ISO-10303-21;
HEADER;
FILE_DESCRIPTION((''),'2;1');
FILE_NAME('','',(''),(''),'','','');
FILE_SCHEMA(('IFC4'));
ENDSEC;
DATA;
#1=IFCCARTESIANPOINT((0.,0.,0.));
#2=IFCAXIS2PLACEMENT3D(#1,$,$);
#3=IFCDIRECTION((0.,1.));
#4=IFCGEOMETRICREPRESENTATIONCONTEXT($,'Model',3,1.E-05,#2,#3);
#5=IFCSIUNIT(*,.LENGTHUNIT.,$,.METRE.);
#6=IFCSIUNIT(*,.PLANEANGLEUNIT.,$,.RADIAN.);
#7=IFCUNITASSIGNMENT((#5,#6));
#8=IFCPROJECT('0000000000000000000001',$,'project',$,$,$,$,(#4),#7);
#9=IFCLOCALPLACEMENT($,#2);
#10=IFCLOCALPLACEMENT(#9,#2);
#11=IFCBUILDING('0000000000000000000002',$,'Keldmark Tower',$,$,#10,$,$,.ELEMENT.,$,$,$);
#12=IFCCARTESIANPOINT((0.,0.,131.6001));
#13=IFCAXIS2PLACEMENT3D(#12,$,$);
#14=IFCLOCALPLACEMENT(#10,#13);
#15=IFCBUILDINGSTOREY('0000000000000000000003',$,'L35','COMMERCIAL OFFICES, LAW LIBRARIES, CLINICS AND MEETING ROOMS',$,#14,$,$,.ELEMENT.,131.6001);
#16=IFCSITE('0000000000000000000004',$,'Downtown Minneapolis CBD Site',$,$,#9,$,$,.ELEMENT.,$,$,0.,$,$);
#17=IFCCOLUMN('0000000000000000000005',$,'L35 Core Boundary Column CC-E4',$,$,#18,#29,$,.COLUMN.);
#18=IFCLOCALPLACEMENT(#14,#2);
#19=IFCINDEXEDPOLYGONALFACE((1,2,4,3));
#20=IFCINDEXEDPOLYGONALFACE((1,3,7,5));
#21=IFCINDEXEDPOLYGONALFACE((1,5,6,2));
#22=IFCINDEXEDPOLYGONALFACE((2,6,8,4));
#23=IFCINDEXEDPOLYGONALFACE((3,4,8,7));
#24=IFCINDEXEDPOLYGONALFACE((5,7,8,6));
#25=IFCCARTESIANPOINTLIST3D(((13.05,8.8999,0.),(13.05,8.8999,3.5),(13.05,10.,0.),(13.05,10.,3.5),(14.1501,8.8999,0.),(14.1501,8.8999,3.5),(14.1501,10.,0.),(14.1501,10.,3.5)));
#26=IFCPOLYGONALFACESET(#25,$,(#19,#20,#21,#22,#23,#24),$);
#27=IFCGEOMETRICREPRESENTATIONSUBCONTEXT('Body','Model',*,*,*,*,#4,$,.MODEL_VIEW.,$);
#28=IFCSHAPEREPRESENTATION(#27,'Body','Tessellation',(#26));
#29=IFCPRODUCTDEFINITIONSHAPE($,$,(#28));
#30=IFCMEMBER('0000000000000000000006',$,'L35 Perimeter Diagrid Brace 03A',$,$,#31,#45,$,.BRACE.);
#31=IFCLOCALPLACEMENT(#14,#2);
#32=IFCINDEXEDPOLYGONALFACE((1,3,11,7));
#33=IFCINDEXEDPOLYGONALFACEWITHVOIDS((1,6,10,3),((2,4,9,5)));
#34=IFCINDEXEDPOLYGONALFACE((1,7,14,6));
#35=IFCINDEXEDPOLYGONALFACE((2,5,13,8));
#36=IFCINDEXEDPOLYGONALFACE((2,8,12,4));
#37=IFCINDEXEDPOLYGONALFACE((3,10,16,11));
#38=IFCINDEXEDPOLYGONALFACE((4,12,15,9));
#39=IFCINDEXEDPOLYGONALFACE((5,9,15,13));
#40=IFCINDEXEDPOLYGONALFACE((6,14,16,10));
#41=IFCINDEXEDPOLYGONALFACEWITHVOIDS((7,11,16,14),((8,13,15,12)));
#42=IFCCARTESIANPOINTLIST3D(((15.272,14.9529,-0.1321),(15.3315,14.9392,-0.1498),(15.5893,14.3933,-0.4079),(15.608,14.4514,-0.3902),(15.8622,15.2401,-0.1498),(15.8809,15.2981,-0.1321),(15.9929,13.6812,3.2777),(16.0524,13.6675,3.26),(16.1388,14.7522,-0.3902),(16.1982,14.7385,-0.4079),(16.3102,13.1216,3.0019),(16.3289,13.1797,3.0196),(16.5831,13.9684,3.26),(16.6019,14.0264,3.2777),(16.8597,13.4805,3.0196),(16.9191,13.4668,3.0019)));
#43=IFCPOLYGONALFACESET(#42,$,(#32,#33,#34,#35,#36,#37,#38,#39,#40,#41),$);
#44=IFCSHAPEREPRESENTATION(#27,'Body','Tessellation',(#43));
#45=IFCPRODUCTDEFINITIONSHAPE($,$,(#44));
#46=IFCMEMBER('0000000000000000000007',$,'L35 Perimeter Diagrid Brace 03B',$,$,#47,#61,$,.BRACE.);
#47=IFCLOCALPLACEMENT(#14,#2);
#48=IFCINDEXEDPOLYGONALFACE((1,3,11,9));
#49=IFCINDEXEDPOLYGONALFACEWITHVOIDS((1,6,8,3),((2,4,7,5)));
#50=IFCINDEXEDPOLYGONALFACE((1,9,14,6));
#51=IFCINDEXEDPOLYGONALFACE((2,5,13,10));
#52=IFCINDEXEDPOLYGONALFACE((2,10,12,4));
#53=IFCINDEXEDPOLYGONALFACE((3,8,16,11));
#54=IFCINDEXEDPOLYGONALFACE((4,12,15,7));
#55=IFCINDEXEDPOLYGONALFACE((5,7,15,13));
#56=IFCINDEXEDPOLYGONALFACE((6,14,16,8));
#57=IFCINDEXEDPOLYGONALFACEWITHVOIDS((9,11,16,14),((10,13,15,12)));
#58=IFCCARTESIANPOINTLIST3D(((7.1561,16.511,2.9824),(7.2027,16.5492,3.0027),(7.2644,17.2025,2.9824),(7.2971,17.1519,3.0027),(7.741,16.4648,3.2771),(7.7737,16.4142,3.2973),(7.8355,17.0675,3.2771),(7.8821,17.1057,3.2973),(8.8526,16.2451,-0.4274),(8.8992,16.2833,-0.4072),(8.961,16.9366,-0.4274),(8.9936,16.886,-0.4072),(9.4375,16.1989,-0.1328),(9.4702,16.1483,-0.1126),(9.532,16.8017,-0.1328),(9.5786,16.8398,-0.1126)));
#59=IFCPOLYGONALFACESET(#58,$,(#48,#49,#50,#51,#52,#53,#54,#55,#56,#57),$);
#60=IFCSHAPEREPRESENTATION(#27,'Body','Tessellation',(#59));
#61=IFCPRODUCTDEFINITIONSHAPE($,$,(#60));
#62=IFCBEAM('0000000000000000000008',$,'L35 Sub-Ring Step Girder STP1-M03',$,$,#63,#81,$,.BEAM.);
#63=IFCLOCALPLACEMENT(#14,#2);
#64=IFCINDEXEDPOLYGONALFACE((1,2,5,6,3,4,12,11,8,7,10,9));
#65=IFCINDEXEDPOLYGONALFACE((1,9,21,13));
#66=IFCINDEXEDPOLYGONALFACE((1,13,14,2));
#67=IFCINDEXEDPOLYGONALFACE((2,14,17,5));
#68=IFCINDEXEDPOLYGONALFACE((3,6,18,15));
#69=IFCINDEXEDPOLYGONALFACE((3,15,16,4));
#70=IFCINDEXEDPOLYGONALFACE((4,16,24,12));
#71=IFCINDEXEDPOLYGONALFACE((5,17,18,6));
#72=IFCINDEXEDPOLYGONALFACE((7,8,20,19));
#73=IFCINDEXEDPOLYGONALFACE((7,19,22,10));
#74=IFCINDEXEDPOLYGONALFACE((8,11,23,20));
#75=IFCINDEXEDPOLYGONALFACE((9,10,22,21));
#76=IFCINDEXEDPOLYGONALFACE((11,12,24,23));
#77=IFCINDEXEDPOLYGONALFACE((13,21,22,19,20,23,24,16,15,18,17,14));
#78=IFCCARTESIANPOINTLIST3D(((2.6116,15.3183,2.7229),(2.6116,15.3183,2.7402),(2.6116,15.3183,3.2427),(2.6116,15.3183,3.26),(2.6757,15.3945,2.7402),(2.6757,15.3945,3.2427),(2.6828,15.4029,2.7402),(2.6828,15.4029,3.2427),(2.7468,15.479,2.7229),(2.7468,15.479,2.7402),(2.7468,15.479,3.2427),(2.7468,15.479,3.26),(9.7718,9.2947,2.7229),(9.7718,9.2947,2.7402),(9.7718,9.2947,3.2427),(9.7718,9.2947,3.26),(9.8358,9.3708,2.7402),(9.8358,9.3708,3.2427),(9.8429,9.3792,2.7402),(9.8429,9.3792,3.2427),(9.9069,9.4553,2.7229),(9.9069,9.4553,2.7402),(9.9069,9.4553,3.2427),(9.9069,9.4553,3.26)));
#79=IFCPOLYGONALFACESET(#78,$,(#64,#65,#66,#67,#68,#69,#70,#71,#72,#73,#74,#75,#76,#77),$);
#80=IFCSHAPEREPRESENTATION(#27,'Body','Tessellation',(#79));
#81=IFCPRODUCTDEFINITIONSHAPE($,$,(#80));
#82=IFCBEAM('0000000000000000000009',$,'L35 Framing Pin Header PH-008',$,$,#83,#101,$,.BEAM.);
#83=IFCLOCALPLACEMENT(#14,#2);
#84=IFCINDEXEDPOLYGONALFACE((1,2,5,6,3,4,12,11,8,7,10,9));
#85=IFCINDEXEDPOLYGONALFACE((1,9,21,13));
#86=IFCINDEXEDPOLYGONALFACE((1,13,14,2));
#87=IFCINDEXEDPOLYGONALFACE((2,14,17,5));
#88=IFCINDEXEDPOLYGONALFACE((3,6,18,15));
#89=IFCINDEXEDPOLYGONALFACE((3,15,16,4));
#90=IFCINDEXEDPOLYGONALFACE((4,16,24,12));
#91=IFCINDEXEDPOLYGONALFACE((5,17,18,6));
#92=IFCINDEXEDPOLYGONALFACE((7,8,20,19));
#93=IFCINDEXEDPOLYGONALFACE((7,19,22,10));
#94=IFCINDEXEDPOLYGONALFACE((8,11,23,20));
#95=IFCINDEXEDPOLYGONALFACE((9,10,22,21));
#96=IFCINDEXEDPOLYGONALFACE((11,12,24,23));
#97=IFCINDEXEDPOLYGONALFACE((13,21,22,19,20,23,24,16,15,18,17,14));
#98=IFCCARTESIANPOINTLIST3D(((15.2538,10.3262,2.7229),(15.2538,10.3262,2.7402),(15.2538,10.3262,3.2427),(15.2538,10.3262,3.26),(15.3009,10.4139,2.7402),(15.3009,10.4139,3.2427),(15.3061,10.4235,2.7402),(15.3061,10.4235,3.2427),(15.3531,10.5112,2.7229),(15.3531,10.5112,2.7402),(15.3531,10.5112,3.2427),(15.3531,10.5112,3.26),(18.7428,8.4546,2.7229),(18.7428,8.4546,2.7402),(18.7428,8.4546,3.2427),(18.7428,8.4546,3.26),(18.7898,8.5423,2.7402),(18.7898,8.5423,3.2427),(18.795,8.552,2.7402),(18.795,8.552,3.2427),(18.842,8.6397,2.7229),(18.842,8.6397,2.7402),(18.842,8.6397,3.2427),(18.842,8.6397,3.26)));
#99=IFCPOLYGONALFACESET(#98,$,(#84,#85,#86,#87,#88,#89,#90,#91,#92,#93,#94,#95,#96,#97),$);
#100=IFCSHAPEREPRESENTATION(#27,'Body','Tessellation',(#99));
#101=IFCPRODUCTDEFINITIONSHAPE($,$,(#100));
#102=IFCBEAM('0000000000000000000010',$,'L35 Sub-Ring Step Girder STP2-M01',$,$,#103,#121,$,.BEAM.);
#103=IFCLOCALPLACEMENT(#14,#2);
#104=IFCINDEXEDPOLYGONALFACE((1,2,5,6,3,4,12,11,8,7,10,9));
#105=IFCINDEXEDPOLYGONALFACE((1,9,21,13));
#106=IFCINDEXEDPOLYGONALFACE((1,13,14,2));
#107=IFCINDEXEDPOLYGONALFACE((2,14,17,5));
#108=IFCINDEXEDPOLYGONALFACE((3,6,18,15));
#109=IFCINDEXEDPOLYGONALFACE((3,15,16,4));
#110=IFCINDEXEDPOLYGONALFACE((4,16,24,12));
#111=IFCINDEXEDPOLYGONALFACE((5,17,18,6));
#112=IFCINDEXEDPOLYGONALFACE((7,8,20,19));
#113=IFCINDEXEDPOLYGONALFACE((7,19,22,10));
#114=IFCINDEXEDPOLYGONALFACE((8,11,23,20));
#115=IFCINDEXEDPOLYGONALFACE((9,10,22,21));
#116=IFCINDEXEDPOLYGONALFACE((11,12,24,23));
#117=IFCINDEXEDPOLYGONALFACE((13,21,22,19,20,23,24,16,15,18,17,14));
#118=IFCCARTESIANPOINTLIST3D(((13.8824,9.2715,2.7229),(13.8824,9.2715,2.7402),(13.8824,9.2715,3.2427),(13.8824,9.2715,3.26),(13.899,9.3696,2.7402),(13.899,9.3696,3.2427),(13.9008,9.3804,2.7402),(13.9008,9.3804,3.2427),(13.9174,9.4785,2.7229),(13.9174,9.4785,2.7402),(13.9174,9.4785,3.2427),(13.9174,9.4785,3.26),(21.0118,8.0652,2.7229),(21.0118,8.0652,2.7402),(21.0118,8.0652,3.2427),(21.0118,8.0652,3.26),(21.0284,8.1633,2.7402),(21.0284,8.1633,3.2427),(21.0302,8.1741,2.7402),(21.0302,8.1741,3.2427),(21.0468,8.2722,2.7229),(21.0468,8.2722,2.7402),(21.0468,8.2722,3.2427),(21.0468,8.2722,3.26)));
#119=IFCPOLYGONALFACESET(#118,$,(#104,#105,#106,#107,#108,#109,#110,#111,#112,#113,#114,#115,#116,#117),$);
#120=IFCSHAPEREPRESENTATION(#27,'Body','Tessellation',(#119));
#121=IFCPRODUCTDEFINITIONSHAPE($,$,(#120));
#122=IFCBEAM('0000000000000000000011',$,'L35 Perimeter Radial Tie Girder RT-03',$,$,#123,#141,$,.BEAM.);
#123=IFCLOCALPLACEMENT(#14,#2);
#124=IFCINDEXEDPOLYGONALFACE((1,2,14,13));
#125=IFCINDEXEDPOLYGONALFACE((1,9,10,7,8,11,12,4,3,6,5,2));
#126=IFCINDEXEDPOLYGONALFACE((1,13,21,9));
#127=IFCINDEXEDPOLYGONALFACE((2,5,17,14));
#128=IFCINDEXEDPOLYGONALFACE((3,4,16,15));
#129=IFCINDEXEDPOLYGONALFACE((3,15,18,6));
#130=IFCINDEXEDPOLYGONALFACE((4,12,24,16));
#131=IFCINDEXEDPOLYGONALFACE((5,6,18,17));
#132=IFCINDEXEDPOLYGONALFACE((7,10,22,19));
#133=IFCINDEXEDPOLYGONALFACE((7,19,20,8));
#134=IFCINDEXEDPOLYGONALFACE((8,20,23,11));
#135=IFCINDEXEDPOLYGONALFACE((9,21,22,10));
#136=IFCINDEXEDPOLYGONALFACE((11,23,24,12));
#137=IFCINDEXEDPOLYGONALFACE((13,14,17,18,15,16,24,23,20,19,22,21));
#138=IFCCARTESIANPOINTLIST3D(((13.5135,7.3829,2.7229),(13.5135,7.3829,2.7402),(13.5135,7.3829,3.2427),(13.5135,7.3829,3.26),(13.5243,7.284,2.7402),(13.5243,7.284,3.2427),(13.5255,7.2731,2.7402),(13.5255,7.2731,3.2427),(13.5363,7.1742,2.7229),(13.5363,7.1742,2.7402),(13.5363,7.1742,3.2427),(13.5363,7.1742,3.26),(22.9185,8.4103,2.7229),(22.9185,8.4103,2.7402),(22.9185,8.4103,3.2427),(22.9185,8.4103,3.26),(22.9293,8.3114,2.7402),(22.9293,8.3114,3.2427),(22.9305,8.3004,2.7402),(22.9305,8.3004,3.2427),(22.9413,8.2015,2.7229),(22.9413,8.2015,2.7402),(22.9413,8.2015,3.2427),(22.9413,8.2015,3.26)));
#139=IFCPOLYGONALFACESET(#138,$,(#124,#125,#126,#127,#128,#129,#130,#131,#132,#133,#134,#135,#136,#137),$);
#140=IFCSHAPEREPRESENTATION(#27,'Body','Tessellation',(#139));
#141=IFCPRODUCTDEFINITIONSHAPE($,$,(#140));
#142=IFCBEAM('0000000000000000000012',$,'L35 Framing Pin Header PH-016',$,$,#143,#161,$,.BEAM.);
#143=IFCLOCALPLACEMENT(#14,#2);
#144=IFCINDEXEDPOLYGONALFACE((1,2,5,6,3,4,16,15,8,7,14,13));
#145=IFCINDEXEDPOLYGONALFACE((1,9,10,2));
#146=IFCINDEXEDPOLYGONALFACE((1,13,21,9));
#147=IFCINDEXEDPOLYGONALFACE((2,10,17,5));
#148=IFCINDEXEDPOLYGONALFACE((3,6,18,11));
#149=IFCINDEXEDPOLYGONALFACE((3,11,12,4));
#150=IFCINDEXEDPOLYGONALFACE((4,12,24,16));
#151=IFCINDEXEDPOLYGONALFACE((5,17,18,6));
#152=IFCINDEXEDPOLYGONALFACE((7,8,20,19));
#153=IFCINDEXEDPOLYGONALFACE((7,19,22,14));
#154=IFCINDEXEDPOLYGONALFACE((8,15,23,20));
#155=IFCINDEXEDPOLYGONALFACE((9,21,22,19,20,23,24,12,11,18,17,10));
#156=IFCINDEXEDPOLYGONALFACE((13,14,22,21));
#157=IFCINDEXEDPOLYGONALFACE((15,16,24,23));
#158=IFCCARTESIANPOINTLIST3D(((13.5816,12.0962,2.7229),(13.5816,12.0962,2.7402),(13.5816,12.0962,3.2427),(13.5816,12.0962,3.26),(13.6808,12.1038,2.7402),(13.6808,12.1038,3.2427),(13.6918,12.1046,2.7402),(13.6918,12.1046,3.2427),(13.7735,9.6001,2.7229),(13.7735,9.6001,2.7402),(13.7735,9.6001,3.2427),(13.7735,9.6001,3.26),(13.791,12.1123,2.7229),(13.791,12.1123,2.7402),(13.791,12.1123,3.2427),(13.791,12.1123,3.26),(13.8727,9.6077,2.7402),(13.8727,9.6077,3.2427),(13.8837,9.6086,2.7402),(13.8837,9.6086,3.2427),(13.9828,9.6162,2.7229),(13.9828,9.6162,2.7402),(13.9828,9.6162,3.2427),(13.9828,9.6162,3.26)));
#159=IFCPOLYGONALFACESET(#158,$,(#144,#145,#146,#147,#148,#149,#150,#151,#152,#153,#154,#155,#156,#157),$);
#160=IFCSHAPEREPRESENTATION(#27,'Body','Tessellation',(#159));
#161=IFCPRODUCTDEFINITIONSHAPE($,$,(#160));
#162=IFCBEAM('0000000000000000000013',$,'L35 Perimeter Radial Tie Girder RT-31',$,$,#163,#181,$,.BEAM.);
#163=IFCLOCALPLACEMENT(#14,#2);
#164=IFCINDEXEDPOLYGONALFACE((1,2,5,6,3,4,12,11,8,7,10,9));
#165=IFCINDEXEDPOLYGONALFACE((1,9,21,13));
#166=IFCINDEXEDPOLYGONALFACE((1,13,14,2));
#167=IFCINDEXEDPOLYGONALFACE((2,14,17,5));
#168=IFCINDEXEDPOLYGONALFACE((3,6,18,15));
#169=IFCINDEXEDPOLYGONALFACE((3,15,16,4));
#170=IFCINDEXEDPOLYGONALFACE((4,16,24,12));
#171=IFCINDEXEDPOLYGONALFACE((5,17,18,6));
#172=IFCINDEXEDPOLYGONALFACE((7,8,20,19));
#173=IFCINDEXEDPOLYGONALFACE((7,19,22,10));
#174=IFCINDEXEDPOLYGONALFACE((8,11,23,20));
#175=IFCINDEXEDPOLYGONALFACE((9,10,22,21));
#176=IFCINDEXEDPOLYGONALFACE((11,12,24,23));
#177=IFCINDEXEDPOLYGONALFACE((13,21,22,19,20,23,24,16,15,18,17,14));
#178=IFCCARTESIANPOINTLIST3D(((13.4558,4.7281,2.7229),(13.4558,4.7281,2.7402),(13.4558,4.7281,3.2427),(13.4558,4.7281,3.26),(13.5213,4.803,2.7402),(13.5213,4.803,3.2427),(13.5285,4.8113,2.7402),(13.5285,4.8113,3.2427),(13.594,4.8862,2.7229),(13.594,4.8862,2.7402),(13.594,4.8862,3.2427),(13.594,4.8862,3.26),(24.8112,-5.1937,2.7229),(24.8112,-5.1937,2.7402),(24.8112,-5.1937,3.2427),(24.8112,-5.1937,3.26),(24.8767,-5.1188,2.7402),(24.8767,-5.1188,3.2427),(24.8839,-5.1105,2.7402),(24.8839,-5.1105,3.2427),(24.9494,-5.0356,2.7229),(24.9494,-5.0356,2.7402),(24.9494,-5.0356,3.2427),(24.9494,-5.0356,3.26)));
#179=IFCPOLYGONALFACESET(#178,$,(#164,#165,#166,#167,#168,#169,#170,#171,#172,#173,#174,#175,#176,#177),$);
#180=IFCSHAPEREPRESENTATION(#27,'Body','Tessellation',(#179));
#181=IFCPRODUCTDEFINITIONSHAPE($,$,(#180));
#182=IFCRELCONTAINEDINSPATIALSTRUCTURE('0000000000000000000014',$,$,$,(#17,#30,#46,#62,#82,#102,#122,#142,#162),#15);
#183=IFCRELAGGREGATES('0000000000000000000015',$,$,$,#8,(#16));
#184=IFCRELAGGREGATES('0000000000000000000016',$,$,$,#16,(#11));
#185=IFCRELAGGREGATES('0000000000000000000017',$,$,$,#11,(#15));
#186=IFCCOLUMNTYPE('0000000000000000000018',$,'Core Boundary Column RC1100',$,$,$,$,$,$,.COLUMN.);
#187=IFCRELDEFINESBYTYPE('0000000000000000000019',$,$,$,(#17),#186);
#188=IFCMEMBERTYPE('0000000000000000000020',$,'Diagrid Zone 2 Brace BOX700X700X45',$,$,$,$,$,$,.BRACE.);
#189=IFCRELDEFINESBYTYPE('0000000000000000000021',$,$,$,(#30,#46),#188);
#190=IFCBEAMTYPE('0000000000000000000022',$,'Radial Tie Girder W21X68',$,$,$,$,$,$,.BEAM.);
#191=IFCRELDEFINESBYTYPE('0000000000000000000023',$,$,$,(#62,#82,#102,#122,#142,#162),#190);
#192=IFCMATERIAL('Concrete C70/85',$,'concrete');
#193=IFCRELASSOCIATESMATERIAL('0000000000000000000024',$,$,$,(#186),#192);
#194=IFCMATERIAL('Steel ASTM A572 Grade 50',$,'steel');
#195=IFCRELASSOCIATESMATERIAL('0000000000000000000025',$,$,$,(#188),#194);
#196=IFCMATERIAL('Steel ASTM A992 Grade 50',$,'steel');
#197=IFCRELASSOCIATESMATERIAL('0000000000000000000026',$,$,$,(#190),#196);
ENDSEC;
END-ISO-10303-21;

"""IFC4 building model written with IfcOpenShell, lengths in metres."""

from ifc_helpers import new_model, si_unit, direction, frame, origin, origin_2d, place, context, subcontext, project, spatial, rectangle, hollow_rectangle, i_section, extrude, material, material_profile, profile_set, type_object, element, save


model = new_model("IFC4")

# Units and contexts
model_context = context("Model", 3, precision=1e-05, world=origin(), true_north=direction((0.0, 1.0)))
body_context = subcontext(model_context, "Body", "Model", "MODEL_VIEW")
ifc_project = project(units=[si_unit("LENGTHUNIT", "METRE"), si_unit("PLANEANGLEUNIT", "RADIAN")], contexts=[model_context])

# Site, building, storey
site_placement = place(None, origin())
site = spatial("IfcSite", under=ifc_project, at=site_placement, Name="Downtown Minneapolis CBD Site", CompositionType="ELEMENT", RefElevation=0.0)
building_placement = place(site_placement, origin())
building = spatial("IfcBuilding", under=site, at=building_placement, Name="Keldmark Tower", CompositionType="ELEMENT")
storey_placement = place(building_placement, frame((0.0, 0.0, 131.6001)))
storey = spatial("IfcBuildingStorey", under=building, at=storey_placement, Name="L35", Description="COMMERCIAL OFFICES, LAW LIBRARIES, CLINICS AND MEETING ROOMS", CompositionType="ELEMENT", Elevation=131.6001)

# Column
ifc_material_1 = material(Name="Concrete C70/85", Category="concrete")
ifc_material_profile_1 = material_profile(ifc_material_1, rectangle(XDim=1.1001, YDim=1.1001, at=origin_2d()), Name="RC1100X1100")
ifc_profile_set_1 = profile_set([ifc_material_profile_1], Name="Concrete C70/85")
column_type = type_object("IfcColumnType", Name="Core Boundary Column RC1100", PredefinedType="COLUMN", material=ifc_profile_set_1)
column_placement = place(storey_placement, frame((13.6001, 9.45, 0.0), z_axis=(0.0, 0.0, 1.0), x_axis=(1.0, 0.0, 0.0)))
element("IfcColumn", 1, at=column_placement, inside=storey, type_object=column_type, Name="L35 Core Boundary Column CC-E4", PredefinedType="COLUMN", context=body_context, shape_type="SweptSolid", body=[
    extrude(rectangle(XDim=1.1001, YDim=1.1001, at=origin_2d()), origin(), (0.0, 0.0, 1.0), 3.5),
])

# Members
ifc_material_2 = material(Name="Steel ASTM A572 Grade 50", Category="steel")
ifc_material_profile_2 = material_profile(ifc_material_2, hollow_rectangle(XDim=0.7, YDim=0.7, WallThickness=0.0449, at=origin_2d()), Name="BOX700X700X45")
ifc_profile_set_2 = profile_set([ifc_material_profile_2], Name="Steel ASTM A572 Grade 50")
member_type = type_object("IfcMemberType", Name="Diagrid Zone 2 Brace BOX700X700X45", PredefinedType="BRACE", material=ifc_profile_set_2)
member_1_placement = place(storey_placement, frame((15.7351, 14.8457, -0.27), z_axis=(0.194322, -0.342778, 0.919098), x_axis=(0.869934, 0.493168, 0.0)))
element("IfcMember", 2, at=member_1_placement, inside=storey, type_object=member_type, Name="L35 Perimeter Diagrid Brace 03A", PredefinedType="BRACE", context=body_context, shape_type="SweptSolid", body=[
    extrude(hollow_rectangle(XDim=0.7, YDim=0.7, WallThickness=0.0449, at=origin_2d()), origin(), (0.0, 0.0, 1.0), 3.71),
])
member_2_placement = place(storey_placement, frame((9.2156, 16.5425, -0.27), z_axis=(-0.444362, 0.069637, 0.893137), x_axis=(-0.154824, -0.987942, 0.0)))
element("IfcMember", 3, at=member_2_placement, inside=storey, type_object=member_type, Name="L35 Perimeter Diagrid Brace 03B", PredefinedType="BRACE", context=body_context, shape_type="SweptSolid", body=[
    extrude(hollow_rectangle(XDim=0.7, YDim=0.7, WallThickness=0.0449, at=origin_2d()), origin(), (0.0, 0.0, 1.0), 3.8179),
])

# Beams
ifc_material_3 = material(Name="Steel ASTM A992 Grade 50", Category="steel")
ifc_material_profile_3 = material_profile(ifc_material_3, i_section(OverallWidth=0.21, OverallDepth=0.5371, WebThickness=0.011, FlangeThickness=0.0173, at=origin_2d()), Name="W21X68")
ifc_profile_set_3 = profile_set([ifc_material_profile_3], Name="Steel ASTM A992 Grade 50")
beam_type_1 = type_object("IfcBeamType", Name="Radial Tie Girder W21X68", PredefinedType="BEAM", material=ifc_profile_set_3)
beam_1_placement = place(storey_placement, frame((9.8394, 9.375, 2.9915), z_axis=(-0.765223, 0.643765, 0.0), x_axis=(-0.643765, -0.765223, 0.0)))
element("IfcBeam", 4, at=beam_1_placement, inside=storey, type_object=beam_type_1, Name="L35 Sub-Ring Step Girder STP1-M03", PredefinedType="BEAM", context=body_context, shape_type="SweptSolid", body=[
    extrude(i_section(OverallWidth=0.21, OverallDepth=0.5371, WebThickness=0.011, FlangeThickness=0.0173, at=origin_2d()), origin(), (0.0, 0.0, 1.0), 9.3569),
])
beam_2_placement = place(storey_placement, frame((15.3035, 10.4187, 2.9915), z_axis=(0.88122, -0.472706, 0.0), x_axis=(0.472706, 0.88122, 0.0)))
element("IfcBeam", 5, at=beam_2_placement, inside=storey, type_object=beam_type_1, Name="L35 Framing Pin Header PH-008", PredefinedType="BEAM", context=body_context, shape_type="SweptSolid", body=[
    extrude(i_section(OverallWidth=0.21, OverallDepth=0.5371, WebThickness=0.011, FlangeThickness=0.0173, at=origin_2d()), origin(), (0.0, 0.0, 1.0), 3.9592),
])
beam_3_placement = place(storey_placement, frame((13.8999, 9.375, 2.9915), z_axis=(0.985986, -0.16683, 0.0), x_axis=(0.16683, 0.985986, 0.0)))
element("IfcBeam", 6, at=beam_3_placement, inside=storey, type_object=beam_type_1, Name="L35 Sub-Ring Step Girder STP2-M01", PredefinedType="BEAM", context=body_context, shape_type="SweptSolid", body=[
    extrude(i_section(OverallWidth=0.21, OverallDepth=0.5371, WebThickness=0.011, FlangeThickness=0.0173, at=origin_2d()), origin(), (0.0, 0.0, 1.0), 7.2307),
])
beam_4_placement = place(storey_placement, frame((13.5249, 7.2786, 2.9915), z_axis=(0.994087, 0.108588, 0.0), x_axis=(-0.108588, 0.994087, 0.0)))
element("IfcBeam", 7, at=beam_4_placement, inside=storey, type_object=beam_type_1, Name="L35 Perimeter Radial Tie Girder RT-03", PredefinedType="BEAM", context=body_context, shape_type="SweptSolid", body=[
    extrude(i_section(OverallWidth=0.21, OverallDepth=0.5371, WebThickness=0.011, FlangeThickness=0.0173, at=origin_2d()), origin(), (0.0, 0.0, 1.0), 9.4609),
])
beam_5_placement = place(storey_placement, frame((13.8782, 9.6082, 2.9915), z_axis=(-0.076652, 0.997058, 0.0), x_axis=(-0.997058, -0.076652, 0.0)))
element("IfcBeam", 8, at=beam_5_placement, inside=storey, type_object=beam_type_1, Name="L35 Framing Pin Header PH-016", PredefinedType="BEAM", context=body_context, shape_type="SweptSolid", body=[
    extrude(i_section(OverallWidth=0.21, OverallDepth=0.5371, WebThickness=0.011, FlangeThickness=0.0173, at=origin_2d()), origin(), (0.0, 0.0, 1.0), 2.5034),
])
beam_6_placement = place(storey_placement, frame((13.5249, 4.8071, 2.9915), z_axis=(0.753042, -0.657973, 0.0), x_axis=(0.657973, 0.753042, 0.0)))
element("IfcBeam", 9, at=beam_6_placement, inside=storey, type_object=beam_type_1, Name="L35 Perimeter Radial Tie Girder RT-31", PredefinedType="BEAM", context=body_context, shape_type="SweptSolid", body=[
    extrude(i_section(OverallWidth=0.21, OverallDepth=0.5371, WebThickness=0.011, FlangeThickness=0.0173, at=origin_2d()), origin(), (0.0, 0.0, 1.0), 15.0793),
])

save(model, "model.ifc")
